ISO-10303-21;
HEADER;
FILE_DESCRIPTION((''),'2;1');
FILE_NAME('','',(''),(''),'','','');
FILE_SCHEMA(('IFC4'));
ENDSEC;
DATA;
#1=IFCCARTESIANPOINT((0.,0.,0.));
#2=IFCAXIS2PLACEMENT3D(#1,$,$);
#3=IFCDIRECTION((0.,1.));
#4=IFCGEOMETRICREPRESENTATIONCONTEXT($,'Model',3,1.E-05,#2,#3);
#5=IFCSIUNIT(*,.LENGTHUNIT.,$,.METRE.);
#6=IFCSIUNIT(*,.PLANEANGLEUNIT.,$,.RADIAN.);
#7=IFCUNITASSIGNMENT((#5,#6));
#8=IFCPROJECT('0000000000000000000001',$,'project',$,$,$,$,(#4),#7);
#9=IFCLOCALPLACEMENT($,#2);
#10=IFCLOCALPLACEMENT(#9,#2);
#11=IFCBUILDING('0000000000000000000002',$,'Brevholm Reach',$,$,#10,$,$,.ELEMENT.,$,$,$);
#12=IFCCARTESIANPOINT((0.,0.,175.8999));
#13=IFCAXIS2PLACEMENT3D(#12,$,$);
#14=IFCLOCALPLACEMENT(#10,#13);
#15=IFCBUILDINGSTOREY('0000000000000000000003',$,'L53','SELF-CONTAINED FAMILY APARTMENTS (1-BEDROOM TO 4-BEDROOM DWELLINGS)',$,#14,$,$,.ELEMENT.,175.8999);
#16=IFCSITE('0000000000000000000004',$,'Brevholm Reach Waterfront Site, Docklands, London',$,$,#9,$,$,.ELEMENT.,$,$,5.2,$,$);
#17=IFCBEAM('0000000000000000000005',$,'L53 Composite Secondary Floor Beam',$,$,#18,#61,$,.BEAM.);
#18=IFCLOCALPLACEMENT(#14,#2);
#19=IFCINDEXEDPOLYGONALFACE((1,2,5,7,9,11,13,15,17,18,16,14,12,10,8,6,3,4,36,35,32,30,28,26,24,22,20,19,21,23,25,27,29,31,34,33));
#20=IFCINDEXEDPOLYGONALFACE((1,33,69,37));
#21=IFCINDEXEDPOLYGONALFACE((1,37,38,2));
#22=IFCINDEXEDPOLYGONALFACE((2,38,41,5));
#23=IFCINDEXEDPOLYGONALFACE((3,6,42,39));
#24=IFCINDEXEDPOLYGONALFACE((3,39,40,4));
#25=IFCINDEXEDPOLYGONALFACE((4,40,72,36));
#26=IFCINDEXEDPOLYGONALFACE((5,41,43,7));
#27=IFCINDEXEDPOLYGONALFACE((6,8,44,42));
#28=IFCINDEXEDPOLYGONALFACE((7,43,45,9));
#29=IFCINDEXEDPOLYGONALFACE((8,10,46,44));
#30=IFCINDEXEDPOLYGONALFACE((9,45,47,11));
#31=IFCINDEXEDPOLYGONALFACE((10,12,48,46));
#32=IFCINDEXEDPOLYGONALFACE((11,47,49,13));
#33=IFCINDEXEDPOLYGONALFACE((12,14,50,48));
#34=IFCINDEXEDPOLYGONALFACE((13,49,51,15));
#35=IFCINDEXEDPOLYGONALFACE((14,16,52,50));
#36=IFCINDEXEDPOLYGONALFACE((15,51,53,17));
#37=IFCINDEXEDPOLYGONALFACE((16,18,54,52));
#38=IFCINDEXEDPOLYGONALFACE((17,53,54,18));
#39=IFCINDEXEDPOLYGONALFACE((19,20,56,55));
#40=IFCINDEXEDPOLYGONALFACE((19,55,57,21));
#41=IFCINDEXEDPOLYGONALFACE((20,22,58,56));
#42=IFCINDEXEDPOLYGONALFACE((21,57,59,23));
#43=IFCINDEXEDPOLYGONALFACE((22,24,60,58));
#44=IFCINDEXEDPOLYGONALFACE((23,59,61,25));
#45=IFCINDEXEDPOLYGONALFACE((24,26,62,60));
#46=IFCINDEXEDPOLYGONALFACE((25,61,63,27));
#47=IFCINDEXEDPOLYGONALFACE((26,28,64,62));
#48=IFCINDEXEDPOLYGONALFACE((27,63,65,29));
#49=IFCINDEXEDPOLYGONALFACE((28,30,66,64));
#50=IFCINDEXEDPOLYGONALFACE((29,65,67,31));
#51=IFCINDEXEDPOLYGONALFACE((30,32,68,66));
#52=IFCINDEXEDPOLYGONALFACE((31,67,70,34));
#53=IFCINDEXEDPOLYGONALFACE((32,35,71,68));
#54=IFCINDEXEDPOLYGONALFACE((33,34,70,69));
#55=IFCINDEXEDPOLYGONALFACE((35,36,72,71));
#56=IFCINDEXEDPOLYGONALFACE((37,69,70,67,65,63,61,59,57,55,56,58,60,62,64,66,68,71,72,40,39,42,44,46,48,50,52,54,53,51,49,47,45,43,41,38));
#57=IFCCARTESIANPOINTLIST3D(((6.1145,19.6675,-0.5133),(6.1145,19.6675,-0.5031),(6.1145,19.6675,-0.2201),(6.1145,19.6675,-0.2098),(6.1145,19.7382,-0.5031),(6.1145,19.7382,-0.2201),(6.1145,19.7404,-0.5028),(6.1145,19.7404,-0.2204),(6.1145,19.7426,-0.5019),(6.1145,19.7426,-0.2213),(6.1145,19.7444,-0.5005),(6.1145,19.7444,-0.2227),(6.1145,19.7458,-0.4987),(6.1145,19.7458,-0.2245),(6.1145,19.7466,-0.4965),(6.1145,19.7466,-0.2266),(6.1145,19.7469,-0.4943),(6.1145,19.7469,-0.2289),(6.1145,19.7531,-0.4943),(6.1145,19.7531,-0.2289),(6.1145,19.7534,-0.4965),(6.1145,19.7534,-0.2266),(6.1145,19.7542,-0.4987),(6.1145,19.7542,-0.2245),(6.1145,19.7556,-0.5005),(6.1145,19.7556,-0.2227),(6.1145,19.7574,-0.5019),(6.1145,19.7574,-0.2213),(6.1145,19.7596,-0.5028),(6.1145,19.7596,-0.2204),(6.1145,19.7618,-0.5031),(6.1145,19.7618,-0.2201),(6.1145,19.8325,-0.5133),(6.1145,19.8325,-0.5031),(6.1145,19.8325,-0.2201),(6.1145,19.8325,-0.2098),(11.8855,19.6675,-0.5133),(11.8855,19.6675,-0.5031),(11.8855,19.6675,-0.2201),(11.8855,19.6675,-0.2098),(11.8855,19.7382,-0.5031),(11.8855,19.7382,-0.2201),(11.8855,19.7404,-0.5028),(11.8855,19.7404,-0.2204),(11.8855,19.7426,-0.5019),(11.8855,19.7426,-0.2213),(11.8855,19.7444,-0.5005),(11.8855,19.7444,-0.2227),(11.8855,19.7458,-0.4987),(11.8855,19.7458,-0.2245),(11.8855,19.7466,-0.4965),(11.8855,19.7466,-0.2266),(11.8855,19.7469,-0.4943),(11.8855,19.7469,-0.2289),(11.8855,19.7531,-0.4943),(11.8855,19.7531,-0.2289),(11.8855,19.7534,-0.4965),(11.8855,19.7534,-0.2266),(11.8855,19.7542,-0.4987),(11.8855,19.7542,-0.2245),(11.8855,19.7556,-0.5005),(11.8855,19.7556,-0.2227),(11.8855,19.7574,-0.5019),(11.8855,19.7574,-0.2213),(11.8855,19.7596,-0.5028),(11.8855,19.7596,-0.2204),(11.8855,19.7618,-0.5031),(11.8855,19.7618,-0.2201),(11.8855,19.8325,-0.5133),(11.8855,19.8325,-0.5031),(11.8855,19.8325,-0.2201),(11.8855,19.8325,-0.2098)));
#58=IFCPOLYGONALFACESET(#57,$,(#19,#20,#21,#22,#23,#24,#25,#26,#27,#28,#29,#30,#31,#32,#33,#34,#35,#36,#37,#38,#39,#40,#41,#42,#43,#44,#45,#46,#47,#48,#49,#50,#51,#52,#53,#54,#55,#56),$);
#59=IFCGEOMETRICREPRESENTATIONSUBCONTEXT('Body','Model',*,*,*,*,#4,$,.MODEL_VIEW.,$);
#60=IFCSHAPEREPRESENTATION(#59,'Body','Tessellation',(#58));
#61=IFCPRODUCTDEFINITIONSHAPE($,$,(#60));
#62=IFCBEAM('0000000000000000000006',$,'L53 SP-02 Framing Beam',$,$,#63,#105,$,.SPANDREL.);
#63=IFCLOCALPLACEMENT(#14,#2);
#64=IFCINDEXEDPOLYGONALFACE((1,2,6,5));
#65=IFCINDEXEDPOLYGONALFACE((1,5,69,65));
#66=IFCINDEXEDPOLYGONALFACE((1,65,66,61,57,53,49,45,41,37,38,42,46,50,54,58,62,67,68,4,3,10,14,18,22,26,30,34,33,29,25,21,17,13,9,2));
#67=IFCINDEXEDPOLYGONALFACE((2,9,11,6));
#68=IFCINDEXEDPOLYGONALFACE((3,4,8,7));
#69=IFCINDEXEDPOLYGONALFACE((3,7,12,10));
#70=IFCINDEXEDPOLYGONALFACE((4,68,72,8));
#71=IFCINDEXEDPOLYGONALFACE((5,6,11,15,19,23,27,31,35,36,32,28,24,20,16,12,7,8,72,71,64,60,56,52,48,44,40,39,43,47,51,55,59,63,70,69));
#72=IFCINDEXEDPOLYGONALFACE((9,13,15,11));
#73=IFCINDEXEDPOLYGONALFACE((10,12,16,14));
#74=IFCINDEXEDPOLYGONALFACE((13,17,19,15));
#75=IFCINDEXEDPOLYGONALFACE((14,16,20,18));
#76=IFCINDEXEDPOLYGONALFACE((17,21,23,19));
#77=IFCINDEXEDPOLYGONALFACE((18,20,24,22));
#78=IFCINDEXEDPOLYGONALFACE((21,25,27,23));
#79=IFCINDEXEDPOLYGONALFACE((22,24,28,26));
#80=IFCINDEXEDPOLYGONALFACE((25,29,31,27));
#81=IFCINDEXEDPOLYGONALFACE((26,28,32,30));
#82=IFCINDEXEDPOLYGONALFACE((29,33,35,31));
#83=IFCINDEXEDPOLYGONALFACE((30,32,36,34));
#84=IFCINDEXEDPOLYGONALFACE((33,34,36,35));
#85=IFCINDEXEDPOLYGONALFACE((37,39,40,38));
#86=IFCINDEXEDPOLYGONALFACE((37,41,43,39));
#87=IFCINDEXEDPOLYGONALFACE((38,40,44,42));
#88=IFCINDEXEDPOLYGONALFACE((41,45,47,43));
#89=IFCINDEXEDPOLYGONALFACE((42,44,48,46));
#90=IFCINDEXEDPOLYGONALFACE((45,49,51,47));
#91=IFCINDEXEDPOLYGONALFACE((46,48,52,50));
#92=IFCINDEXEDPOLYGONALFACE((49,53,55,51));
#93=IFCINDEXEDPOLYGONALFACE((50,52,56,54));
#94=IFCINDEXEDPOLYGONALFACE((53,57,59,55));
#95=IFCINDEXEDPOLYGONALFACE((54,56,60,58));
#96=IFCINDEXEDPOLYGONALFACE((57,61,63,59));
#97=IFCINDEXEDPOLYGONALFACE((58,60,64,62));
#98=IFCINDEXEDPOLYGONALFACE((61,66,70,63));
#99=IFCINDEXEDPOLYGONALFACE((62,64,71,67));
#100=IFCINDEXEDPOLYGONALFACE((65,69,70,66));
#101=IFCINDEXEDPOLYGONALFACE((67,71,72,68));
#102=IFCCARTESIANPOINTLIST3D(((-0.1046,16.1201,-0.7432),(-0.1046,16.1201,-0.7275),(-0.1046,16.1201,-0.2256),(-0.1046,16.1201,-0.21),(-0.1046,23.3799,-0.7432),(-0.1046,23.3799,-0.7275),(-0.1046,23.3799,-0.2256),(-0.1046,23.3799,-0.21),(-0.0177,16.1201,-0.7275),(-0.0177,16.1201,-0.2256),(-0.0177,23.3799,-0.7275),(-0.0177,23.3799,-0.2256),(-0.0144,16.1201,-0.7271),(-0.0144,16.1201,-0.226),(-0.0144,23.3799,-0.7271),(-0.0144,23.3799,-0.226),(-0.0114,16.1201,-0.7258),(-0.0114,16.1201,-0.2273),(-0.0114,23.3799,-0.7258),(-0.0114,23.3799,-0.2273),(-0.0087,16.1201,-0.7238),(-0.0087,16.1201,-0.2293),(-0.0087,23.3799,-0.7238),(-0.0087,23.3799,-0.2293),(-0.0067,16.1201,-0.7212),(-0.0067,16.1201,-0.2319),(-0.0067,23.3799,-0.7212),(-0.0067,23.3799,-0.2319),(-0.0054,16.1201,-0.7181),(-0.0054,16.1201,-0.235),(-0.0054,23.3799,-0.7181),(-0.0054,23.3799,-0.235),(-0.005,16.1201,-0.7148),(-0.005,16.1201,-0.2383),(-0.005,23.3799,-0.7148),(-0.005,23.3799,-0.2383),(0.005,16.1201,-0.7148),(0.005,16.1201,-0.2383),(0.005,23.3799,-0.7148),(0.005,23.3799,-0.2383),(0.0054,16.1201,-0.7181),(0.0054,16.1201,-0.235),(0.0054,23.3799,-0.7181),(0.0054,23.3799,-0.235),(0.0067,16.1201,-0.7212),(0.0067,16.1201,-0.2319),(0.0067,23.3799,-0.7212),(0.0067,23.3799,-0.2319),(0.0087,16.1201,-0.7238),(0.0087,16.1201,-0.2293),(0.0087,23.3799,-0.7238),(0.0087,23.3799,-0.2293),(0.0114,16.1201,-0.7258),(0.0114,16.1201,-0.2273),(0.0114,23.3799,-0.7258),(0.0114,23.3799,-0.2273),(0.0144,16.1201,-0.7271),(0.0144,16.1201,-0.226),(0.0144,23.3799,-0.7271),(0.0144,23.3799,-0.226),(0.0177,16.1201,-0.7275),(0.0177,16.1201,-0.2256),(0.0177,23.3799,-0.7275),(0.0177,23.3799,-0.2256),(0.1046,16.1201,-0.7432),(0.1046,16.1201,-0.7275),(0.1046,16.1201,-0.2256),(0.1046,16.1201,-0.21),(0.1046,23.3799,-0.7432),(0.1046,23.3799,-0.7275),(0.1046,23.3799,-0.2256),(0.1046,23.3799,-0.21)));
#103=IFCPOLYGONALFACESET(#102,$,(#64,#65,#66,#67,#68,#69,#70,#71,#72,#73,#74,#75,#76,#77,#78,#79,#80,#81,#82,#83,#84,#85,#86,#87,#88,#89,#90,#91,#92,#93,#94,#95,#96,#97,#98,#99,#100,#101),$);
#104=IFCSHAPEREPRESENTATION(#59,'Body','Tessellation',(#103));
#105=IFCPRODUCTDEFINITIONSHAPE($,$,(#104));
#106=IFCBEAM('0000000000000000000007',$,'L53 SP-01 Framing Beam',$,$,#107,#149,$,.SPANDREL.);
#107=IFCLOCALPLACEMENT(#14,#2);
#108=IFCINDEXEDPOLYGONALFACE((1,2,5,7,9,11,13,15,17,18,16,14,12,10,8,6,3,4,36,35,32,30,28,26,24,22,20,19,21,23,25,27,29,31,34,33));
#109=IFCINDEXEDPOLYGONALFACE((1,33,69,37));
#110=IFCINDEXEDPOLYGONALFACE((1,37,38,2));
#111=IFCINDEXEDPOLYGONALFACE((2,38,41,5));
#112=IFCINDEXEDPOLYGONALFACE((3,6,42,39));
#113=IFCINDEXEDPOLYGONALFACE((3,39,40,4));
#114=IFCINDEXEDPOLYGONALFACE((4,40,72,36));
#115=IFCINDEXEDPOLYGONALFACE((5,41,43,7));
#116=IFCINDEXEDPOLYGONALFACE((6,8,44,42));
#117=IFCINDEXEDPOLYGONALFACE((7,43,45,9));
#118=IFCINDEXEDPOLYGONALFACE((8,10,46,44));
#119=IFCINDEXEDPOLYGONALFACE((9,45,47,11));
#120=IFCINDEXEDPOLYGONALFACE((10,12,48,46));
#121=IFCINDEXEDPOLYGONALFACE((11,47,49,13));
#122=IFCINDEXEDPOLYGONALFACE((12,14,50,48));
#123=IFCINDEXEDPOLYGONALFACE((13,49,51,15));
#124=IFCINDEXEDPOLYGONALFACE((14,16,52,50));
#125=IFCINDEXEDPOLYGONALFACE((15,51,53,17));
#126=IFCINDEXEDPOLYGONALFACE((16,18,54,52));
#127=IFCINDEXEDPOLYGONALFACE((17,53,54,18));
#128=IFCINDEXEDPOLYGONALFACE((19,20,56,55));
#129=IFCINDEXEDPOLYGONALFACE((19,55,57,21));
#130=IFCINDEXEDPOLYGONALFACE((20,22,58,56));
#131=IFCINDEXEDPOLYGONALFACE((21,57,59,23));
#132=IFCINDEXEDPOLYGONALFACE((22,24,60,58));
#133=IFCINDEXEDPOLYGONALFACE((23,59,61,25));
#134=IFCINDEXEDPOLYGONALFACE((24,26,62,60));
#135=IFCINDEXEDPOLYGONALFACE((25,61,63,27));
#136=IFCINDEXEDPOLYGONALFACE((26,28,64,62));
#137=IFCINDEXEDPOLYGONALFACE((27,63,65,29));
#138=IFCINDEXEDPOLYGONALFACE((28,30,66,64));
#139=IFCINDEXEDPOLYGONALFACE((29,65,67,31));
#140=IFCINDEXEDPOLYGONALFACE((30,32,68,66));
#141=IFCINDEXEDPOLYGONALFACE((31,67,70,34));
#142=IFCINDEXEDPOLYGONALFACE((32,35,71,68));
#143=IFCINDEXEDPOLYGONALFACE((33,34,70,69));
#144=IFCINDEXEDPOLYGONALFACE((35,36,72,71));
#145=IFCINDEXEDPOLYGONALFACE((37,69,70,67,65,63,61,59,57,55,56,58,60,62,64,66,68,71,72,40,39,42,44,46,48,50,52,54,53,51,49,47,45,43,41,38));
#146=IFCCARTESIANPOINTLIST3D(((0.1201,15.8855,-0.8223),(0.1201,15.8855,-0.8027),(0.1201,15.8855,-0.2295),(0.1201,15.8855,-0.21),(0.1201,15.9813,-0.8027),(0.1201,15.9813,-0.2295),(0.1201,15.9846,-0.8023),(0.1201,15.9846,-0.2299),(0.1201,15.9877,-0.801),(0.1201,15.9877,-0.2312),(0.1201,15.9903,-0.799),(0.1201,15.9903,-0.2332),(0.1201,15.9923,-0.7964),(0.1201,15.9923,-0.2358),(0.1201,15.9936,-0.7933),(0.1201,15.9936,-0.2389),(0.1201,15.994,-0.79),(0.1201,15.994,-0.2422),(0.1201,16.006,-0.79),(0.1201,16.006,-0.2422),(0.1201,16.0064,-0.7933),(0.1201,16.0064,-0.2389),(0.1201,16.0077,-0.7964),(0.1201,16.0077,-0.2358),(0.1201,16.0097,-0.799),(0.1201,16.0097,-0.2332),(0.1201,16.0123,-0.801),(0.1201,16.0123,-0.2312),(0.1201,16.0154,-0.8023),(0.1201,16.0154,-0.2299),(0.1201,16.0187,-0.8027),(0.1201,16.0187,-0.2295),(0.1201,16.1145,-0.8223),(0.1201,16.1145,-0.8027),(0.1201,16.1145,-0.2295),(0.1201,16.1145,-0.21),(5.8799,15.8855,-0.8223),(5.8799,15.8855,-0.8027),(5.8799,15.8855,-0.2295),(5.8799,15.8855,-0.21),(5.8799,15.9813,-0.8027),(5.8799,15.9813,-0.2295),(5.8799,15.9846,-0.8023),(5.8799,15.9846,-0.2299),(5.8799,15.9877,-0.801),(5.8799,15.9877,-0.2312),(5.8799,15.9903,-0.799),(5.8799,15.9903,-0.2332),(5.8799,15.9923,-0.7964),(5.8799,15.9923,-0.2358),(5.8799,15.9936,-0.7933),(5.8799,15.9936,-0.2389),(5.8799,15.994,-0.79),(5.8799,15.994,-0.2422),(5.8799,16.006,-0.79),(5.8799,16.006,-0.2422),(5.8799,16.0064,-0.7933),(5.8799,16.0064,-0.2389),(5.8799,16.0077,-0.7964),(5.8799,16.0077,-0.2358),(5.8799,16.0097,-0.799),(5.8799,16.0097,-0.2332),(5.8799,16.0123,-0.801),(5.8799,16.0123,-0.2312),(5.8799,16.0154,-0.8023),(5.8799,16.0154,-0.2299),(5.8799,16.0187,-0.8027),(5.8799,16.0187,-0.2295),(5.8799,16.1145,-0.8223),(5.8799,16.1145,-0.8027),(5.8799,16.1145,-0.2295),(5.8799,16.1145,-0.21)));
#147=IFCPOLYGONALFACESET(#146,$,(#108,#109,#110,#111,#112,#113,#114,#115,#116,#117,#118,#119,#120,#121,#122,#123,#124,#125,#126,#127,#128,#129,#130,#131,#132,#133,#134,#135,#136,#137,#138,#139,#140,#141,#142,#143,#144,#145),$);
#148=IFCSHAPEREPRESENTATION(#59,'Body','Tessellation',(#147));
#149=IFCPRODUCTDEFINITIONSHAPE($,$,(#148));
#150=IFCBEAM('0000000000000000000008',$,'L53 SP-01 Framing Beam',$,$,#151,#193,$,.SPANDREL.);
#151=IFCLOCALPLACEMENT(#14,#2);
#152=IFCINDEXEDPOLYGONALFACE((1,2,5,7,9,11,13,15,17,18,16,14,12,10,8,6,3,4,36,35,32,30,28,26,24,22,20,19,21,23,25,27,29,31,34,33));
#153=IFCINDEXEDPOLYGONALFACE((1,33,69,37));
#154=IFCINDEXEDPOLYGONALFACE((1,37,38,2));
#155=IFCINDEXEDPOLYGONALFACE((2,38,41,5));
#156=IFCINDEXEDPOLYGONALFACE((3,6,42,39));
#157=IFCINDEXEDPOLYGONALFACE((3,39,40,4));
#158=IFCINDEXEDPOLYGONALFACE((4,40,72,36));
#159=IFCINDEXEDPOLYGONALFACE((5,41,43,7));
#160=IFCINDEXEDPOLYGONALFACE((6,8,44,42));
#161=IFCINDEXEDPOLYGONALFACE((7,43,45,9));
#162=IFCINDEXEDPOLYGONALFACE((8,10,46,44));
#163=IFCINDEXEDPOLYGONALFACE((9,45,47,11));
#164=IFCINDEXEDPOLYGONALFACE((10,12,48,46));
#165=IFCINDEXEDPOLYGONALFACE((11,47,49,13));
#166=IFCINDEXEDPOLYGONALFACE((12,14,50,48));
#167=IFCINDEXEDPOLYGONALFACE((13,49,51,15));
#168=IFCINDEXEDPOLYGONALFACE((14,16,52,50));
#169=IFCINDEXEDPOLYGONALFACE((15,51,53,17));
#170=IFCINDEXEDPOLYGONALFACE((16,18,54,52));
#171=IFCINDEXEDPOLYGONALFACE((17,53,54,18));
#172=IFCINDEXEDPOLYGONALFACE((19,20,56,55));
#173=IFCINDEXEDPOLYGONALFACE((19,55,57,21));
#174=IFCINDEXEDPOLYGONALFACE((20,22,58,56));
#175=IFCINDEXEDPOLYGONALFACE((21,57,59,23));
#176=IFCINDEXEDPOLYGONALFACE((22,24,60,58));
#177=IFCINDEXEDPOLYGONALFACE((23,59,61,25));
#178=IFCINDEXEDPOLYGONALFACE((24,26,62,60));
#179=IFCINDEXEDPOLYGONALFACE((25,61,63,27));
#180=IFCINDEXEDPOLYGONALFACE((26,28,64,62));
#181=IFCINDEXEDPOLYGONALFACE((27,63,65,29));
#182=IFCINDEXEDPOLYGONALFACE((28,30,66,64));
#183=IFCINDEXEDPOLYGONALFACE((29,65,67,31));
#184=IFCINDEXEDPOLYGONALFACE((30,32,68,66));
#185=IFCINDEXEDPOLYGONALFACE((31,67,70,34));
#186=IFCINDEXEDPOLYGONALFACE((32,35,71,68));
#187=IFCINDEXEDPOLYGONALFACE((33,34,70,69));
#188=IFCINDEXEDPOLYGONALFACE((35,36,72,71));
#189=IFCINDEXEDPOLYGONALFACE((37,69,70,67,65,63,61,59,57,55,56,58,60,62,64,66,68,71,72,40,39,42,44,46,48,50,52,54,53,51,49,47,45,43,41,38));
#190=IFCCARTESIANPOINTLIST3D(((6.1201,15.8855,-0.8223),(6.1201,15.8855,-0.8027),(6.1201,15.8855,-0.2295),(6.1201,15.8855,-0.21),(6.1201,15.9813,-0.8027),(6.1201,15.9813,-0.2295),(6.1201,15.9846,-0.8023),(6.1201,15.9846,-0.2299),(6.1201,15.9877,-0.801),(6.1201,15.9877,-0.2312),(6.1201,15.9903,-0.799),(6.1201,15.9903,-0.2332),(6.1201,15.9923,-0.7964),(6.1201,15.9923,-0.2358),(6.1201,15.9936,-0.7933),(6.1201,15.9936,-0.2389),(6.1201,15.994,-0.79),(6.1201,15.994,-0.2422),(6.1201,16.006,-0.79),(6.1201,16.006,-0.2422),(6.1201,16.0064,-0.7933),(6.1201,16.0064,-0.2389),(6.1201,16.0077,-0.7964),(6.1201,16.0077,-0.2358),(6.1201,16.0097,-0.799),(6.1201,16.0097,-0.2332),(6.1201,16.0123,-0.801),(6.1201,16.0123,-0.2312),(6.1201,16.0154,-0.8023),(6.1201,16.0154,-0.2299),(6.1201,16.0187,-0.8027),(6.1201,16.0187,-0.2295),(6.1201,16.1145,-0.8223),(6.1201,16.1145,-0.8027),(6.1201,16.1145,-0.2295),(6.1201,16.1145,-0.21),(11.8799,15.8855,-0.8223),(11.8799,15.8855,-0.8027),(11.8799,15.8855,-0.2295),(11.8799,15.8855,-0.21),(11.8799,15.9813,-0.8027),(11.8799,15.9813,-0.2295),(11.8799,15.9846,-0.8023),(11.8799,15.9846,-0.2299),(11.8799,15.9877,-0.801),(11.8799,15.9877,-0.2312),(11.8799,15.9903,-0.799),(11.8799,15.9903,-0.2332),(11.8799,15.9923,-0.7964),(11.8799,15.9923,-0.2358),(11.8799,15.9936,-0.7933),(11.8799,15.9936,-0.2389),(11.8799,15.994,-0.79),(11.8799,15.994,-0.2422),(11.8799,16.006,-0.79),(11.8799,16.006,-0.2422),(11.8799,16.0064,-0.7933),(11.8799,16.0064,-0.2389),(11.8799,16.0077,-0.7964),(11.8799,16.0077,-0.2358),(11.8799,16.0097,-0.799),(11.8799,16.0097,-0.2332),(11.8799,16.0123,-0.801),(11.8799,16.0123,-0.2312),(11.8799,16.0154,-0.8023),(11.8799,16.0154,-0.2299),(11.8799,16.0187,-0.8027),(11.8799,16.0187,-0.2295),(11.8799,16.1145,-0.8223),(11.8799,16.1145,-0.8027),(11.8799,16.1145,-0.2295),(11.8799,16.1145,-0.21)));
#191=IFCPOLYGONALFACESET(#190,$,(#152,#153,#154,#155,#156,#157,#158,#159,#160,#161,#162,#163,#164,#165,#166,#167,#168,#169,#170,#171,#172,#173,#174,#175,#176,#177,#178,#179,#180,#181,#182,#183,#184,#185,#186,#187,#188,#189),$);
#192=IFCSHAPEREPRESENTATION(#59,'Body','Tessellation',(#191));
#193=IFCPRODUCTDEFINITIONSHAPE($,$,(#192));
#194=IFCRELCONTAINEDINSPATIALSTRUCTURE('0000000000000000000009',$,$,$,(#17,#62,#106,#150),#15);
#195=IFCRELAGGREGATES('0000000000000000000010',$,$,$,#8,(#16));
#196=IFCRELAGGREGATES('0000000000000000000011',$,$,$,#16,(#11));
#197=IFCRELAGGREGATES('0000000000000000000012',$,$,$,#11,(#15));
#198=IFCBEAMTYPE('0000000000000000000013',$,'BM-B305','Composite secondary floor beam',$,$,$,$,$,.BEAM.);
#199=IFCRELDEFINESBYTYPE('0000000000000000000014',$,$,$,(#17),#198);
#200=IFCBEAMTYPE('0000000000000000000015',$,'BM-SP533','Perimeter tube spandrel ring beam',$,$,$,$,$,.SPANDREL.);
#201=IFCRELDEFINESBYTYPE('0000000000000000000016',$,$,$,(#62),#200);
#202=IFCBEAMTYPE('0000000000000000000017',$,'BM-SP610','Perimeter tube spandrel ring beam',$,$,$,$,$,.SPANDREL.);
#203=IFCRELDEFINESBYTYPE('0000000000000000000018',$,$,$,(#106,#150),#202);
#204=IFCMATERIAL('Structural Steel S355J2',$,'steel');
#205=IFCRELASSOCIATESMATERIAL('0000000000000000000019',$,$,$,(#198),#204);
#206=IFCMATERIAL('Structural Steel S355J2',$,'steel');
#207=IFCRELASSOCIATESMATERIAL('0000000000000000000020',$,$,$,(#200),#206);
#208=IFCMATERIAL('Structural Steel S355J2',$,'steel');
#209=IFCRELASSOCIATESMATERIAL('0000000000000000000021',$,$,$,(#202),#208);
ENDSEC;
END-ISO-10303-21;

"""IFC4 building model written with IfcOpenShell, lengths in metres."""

from ifc_helpers import new_model, si_unit, direction, frame, origin, origin_2d, place, context, subcontext, project, spatial, i_section, extrude, material, material_profile, profile_set, type_object, element, save


model = new_model("IFC4")

# Units and contexts
model_context = context("Model", 3, precision=1e-05, world=origin(), true_north=direction((0.0, 1.0)))
body_context = subcontext(model_context, "Body", "Model", "MODEL_VIEW")
ifc_project = project(units=[si_unit("LENGTHUNIT", "METRE"), si_unit("PLANEANGLEUNIT", "RADIAN")], contexts=[model_context])

# Site, building, storey
site_placement = place(None, origin())
site = spatial("IfcSite", under=ifc_project, at=site_placement, Name="Brevholm Reach Waterfront Site, Docklands, London", CompositionType="ELEMENT", RefElevation=5.2)
building_placement = place(site_placement, origin())
building = spatial("IfcBuilding", under=site, at=building_placement, Name="Brevholm Reach", CompositionType="ELEMENT")
storey_placement = place(building_placement, frame((0.0, 0.0, 175.8999)))
storey = spatial("IfcBuildingStorey", under=building, at=storey_placement, Name="L53", Description="SELF-CONTAINED FAMILY APARTMENTS (1-BEDROOM TO 4-BEDROOM DWELLINGS)", CompositionType="ELEMENT", Elevation=175.8999)

# Beams
ifc_material_1 = material(Name="Structural Steel S355J2", Category="steel")
ifc_material_profile_1 = material_profile(ifc_material_1, i_section(OverallWidth=0.165, OverallDepth=0.3035, WebThickness=0.0061, FlangeThickness=0.0103, FilletRadius=0.0088, at=origin_2d()), Name="UKB 305x165x40")
ifc_profile_set_1 = profile_set([ifc_material_profile_1], Name="Structural Steel S355J2")
beam_type_1 = type_object("IfcBeamType", Name="BM-B305", Description="Composite secondary floor beam", PredefinedType="BEAM", material=ifc_profile_set_1)
beam_1_placement = place(storey_placement, frame((6.1145, 19.75, -0.3616), z_axis=(1.0, 0.0, 0.0), x_axis=(0.0, 1.0, 0.0)))
element("IfcBeam", 1, at=beam_1_placement, inside=storey, type_object=beam_type_1, Name="L53 Composite Secondary Floor Beam", PredefinedType="BEAM", context=body_context, shape_type="SweptSolid", body=[
    extrude(i_section(OverallWidth=0.165, OverallDepth=0.3035, WebThickness=0.0061, FlangeThickness=0.0103, FilletRadius=0.0088, at=origin_2d()), origin(), (0.0, 0.0, 1.0), 5.771),
])
ifc_material_2 = material(Name="Structural Steel S355J2", Category="steel")
ifc_material_profile_2 = material_profile(ifc_material_2, i_section(OverallWidth=0.2092, OverallDepth=0.5332, WebThickness=0.01, FlangeThickness=0.0156, FilletRadius=0.0127, at=origin_2d()), Name="UKB 533x210x92")
ifc_profile_set_2 = profile_set([ifc_material_profile_2], Name="Structural Steel S355J2")
beam_type_2 = type_object("IfcBeamType", Name="BM-SP533", Description="Perimeter tube spandrel ring beam", PredefinedType="SPANDREL", material=ifc_profile_set_2)
beam_2_placement = place(storey_placement, frame((0.0, 16.1201, -0.4766), z_axis=(0.0, 1.0, 0.0), x_axis=(-1.0, 0.0, 0.0)))
element("IfcBeam", 2, at=beam_2_placement, inside=storey, type_object=beam_type_2, Name="L53 SP-02 Framing Beam", PredefinedType="SPANDREL", context=body_context, shape_type="SweptSolid", body=[
    extrude(i_section(OverallWidth=0.2092, OverallDepth=0.5332, WebThickness=0.01, FlangeThickness=0.0156, FilletRadius=0.0127, at=origin_2d()), origin(), (0.0, 0.0, 1.0), 7.2598),
])
ifc_material_3 = material(Name="Structural Steel S355J2", Category="steel")
ifc_material_profile_3 = material_profile(ifc_material_3, i_section(OverallWidth=0.229, OverallDepth=0.6123, WebThickness=0.012, FlangeThickness=0.0195, FilletRadius=0.0127, at=origin_2d()), Name="UKB 610x229x125")
ifc_profile_set_3 = profile_set([ifc_material_profile_3], Name="Structural Steel S355J2")
beam_type_3 = type_object("IfcBeamType", Name="BM-SP610", Description="Perimeter tube spandrel ring beam", PredefinedType="SPANDREL", material=ifc_profile_set_3)
for number, where, z_axis, x_axis, name in (
    (3, (0.1201, 16.0, -0.5161), (1.0, 0.0, 0.0), (0.0, 1.0, 0.0), "L53 SP-01 Framing Beam"),
    (4, (6.1201, 16.0, -0.5161), (1.0, 0.0, 0.0), (0.0, 1.0, 0.0), "L53 SP-01 Framing Beam"),
):
    element("IfcBeam", number, at=place(storey_placement, frame(where, z_axis=z_axis, x_axis=x_axis)), inside=storey, type_object=beam_type_3, Name=name, PredefinedType="SPANDREL", context=body_context, shape_type="SweptSolid", body=[
        extrude(i_section(OverallWidth=0.229, OverallDepth=0.6123, WebThickness=0.012, FlangeThickness=0.0195, FilletRadius=0.0127, at=origin_2d()), origin(), (0.0, 0.0, 1.0), 5.7598),
    ])

save(model, "model.ifc")
